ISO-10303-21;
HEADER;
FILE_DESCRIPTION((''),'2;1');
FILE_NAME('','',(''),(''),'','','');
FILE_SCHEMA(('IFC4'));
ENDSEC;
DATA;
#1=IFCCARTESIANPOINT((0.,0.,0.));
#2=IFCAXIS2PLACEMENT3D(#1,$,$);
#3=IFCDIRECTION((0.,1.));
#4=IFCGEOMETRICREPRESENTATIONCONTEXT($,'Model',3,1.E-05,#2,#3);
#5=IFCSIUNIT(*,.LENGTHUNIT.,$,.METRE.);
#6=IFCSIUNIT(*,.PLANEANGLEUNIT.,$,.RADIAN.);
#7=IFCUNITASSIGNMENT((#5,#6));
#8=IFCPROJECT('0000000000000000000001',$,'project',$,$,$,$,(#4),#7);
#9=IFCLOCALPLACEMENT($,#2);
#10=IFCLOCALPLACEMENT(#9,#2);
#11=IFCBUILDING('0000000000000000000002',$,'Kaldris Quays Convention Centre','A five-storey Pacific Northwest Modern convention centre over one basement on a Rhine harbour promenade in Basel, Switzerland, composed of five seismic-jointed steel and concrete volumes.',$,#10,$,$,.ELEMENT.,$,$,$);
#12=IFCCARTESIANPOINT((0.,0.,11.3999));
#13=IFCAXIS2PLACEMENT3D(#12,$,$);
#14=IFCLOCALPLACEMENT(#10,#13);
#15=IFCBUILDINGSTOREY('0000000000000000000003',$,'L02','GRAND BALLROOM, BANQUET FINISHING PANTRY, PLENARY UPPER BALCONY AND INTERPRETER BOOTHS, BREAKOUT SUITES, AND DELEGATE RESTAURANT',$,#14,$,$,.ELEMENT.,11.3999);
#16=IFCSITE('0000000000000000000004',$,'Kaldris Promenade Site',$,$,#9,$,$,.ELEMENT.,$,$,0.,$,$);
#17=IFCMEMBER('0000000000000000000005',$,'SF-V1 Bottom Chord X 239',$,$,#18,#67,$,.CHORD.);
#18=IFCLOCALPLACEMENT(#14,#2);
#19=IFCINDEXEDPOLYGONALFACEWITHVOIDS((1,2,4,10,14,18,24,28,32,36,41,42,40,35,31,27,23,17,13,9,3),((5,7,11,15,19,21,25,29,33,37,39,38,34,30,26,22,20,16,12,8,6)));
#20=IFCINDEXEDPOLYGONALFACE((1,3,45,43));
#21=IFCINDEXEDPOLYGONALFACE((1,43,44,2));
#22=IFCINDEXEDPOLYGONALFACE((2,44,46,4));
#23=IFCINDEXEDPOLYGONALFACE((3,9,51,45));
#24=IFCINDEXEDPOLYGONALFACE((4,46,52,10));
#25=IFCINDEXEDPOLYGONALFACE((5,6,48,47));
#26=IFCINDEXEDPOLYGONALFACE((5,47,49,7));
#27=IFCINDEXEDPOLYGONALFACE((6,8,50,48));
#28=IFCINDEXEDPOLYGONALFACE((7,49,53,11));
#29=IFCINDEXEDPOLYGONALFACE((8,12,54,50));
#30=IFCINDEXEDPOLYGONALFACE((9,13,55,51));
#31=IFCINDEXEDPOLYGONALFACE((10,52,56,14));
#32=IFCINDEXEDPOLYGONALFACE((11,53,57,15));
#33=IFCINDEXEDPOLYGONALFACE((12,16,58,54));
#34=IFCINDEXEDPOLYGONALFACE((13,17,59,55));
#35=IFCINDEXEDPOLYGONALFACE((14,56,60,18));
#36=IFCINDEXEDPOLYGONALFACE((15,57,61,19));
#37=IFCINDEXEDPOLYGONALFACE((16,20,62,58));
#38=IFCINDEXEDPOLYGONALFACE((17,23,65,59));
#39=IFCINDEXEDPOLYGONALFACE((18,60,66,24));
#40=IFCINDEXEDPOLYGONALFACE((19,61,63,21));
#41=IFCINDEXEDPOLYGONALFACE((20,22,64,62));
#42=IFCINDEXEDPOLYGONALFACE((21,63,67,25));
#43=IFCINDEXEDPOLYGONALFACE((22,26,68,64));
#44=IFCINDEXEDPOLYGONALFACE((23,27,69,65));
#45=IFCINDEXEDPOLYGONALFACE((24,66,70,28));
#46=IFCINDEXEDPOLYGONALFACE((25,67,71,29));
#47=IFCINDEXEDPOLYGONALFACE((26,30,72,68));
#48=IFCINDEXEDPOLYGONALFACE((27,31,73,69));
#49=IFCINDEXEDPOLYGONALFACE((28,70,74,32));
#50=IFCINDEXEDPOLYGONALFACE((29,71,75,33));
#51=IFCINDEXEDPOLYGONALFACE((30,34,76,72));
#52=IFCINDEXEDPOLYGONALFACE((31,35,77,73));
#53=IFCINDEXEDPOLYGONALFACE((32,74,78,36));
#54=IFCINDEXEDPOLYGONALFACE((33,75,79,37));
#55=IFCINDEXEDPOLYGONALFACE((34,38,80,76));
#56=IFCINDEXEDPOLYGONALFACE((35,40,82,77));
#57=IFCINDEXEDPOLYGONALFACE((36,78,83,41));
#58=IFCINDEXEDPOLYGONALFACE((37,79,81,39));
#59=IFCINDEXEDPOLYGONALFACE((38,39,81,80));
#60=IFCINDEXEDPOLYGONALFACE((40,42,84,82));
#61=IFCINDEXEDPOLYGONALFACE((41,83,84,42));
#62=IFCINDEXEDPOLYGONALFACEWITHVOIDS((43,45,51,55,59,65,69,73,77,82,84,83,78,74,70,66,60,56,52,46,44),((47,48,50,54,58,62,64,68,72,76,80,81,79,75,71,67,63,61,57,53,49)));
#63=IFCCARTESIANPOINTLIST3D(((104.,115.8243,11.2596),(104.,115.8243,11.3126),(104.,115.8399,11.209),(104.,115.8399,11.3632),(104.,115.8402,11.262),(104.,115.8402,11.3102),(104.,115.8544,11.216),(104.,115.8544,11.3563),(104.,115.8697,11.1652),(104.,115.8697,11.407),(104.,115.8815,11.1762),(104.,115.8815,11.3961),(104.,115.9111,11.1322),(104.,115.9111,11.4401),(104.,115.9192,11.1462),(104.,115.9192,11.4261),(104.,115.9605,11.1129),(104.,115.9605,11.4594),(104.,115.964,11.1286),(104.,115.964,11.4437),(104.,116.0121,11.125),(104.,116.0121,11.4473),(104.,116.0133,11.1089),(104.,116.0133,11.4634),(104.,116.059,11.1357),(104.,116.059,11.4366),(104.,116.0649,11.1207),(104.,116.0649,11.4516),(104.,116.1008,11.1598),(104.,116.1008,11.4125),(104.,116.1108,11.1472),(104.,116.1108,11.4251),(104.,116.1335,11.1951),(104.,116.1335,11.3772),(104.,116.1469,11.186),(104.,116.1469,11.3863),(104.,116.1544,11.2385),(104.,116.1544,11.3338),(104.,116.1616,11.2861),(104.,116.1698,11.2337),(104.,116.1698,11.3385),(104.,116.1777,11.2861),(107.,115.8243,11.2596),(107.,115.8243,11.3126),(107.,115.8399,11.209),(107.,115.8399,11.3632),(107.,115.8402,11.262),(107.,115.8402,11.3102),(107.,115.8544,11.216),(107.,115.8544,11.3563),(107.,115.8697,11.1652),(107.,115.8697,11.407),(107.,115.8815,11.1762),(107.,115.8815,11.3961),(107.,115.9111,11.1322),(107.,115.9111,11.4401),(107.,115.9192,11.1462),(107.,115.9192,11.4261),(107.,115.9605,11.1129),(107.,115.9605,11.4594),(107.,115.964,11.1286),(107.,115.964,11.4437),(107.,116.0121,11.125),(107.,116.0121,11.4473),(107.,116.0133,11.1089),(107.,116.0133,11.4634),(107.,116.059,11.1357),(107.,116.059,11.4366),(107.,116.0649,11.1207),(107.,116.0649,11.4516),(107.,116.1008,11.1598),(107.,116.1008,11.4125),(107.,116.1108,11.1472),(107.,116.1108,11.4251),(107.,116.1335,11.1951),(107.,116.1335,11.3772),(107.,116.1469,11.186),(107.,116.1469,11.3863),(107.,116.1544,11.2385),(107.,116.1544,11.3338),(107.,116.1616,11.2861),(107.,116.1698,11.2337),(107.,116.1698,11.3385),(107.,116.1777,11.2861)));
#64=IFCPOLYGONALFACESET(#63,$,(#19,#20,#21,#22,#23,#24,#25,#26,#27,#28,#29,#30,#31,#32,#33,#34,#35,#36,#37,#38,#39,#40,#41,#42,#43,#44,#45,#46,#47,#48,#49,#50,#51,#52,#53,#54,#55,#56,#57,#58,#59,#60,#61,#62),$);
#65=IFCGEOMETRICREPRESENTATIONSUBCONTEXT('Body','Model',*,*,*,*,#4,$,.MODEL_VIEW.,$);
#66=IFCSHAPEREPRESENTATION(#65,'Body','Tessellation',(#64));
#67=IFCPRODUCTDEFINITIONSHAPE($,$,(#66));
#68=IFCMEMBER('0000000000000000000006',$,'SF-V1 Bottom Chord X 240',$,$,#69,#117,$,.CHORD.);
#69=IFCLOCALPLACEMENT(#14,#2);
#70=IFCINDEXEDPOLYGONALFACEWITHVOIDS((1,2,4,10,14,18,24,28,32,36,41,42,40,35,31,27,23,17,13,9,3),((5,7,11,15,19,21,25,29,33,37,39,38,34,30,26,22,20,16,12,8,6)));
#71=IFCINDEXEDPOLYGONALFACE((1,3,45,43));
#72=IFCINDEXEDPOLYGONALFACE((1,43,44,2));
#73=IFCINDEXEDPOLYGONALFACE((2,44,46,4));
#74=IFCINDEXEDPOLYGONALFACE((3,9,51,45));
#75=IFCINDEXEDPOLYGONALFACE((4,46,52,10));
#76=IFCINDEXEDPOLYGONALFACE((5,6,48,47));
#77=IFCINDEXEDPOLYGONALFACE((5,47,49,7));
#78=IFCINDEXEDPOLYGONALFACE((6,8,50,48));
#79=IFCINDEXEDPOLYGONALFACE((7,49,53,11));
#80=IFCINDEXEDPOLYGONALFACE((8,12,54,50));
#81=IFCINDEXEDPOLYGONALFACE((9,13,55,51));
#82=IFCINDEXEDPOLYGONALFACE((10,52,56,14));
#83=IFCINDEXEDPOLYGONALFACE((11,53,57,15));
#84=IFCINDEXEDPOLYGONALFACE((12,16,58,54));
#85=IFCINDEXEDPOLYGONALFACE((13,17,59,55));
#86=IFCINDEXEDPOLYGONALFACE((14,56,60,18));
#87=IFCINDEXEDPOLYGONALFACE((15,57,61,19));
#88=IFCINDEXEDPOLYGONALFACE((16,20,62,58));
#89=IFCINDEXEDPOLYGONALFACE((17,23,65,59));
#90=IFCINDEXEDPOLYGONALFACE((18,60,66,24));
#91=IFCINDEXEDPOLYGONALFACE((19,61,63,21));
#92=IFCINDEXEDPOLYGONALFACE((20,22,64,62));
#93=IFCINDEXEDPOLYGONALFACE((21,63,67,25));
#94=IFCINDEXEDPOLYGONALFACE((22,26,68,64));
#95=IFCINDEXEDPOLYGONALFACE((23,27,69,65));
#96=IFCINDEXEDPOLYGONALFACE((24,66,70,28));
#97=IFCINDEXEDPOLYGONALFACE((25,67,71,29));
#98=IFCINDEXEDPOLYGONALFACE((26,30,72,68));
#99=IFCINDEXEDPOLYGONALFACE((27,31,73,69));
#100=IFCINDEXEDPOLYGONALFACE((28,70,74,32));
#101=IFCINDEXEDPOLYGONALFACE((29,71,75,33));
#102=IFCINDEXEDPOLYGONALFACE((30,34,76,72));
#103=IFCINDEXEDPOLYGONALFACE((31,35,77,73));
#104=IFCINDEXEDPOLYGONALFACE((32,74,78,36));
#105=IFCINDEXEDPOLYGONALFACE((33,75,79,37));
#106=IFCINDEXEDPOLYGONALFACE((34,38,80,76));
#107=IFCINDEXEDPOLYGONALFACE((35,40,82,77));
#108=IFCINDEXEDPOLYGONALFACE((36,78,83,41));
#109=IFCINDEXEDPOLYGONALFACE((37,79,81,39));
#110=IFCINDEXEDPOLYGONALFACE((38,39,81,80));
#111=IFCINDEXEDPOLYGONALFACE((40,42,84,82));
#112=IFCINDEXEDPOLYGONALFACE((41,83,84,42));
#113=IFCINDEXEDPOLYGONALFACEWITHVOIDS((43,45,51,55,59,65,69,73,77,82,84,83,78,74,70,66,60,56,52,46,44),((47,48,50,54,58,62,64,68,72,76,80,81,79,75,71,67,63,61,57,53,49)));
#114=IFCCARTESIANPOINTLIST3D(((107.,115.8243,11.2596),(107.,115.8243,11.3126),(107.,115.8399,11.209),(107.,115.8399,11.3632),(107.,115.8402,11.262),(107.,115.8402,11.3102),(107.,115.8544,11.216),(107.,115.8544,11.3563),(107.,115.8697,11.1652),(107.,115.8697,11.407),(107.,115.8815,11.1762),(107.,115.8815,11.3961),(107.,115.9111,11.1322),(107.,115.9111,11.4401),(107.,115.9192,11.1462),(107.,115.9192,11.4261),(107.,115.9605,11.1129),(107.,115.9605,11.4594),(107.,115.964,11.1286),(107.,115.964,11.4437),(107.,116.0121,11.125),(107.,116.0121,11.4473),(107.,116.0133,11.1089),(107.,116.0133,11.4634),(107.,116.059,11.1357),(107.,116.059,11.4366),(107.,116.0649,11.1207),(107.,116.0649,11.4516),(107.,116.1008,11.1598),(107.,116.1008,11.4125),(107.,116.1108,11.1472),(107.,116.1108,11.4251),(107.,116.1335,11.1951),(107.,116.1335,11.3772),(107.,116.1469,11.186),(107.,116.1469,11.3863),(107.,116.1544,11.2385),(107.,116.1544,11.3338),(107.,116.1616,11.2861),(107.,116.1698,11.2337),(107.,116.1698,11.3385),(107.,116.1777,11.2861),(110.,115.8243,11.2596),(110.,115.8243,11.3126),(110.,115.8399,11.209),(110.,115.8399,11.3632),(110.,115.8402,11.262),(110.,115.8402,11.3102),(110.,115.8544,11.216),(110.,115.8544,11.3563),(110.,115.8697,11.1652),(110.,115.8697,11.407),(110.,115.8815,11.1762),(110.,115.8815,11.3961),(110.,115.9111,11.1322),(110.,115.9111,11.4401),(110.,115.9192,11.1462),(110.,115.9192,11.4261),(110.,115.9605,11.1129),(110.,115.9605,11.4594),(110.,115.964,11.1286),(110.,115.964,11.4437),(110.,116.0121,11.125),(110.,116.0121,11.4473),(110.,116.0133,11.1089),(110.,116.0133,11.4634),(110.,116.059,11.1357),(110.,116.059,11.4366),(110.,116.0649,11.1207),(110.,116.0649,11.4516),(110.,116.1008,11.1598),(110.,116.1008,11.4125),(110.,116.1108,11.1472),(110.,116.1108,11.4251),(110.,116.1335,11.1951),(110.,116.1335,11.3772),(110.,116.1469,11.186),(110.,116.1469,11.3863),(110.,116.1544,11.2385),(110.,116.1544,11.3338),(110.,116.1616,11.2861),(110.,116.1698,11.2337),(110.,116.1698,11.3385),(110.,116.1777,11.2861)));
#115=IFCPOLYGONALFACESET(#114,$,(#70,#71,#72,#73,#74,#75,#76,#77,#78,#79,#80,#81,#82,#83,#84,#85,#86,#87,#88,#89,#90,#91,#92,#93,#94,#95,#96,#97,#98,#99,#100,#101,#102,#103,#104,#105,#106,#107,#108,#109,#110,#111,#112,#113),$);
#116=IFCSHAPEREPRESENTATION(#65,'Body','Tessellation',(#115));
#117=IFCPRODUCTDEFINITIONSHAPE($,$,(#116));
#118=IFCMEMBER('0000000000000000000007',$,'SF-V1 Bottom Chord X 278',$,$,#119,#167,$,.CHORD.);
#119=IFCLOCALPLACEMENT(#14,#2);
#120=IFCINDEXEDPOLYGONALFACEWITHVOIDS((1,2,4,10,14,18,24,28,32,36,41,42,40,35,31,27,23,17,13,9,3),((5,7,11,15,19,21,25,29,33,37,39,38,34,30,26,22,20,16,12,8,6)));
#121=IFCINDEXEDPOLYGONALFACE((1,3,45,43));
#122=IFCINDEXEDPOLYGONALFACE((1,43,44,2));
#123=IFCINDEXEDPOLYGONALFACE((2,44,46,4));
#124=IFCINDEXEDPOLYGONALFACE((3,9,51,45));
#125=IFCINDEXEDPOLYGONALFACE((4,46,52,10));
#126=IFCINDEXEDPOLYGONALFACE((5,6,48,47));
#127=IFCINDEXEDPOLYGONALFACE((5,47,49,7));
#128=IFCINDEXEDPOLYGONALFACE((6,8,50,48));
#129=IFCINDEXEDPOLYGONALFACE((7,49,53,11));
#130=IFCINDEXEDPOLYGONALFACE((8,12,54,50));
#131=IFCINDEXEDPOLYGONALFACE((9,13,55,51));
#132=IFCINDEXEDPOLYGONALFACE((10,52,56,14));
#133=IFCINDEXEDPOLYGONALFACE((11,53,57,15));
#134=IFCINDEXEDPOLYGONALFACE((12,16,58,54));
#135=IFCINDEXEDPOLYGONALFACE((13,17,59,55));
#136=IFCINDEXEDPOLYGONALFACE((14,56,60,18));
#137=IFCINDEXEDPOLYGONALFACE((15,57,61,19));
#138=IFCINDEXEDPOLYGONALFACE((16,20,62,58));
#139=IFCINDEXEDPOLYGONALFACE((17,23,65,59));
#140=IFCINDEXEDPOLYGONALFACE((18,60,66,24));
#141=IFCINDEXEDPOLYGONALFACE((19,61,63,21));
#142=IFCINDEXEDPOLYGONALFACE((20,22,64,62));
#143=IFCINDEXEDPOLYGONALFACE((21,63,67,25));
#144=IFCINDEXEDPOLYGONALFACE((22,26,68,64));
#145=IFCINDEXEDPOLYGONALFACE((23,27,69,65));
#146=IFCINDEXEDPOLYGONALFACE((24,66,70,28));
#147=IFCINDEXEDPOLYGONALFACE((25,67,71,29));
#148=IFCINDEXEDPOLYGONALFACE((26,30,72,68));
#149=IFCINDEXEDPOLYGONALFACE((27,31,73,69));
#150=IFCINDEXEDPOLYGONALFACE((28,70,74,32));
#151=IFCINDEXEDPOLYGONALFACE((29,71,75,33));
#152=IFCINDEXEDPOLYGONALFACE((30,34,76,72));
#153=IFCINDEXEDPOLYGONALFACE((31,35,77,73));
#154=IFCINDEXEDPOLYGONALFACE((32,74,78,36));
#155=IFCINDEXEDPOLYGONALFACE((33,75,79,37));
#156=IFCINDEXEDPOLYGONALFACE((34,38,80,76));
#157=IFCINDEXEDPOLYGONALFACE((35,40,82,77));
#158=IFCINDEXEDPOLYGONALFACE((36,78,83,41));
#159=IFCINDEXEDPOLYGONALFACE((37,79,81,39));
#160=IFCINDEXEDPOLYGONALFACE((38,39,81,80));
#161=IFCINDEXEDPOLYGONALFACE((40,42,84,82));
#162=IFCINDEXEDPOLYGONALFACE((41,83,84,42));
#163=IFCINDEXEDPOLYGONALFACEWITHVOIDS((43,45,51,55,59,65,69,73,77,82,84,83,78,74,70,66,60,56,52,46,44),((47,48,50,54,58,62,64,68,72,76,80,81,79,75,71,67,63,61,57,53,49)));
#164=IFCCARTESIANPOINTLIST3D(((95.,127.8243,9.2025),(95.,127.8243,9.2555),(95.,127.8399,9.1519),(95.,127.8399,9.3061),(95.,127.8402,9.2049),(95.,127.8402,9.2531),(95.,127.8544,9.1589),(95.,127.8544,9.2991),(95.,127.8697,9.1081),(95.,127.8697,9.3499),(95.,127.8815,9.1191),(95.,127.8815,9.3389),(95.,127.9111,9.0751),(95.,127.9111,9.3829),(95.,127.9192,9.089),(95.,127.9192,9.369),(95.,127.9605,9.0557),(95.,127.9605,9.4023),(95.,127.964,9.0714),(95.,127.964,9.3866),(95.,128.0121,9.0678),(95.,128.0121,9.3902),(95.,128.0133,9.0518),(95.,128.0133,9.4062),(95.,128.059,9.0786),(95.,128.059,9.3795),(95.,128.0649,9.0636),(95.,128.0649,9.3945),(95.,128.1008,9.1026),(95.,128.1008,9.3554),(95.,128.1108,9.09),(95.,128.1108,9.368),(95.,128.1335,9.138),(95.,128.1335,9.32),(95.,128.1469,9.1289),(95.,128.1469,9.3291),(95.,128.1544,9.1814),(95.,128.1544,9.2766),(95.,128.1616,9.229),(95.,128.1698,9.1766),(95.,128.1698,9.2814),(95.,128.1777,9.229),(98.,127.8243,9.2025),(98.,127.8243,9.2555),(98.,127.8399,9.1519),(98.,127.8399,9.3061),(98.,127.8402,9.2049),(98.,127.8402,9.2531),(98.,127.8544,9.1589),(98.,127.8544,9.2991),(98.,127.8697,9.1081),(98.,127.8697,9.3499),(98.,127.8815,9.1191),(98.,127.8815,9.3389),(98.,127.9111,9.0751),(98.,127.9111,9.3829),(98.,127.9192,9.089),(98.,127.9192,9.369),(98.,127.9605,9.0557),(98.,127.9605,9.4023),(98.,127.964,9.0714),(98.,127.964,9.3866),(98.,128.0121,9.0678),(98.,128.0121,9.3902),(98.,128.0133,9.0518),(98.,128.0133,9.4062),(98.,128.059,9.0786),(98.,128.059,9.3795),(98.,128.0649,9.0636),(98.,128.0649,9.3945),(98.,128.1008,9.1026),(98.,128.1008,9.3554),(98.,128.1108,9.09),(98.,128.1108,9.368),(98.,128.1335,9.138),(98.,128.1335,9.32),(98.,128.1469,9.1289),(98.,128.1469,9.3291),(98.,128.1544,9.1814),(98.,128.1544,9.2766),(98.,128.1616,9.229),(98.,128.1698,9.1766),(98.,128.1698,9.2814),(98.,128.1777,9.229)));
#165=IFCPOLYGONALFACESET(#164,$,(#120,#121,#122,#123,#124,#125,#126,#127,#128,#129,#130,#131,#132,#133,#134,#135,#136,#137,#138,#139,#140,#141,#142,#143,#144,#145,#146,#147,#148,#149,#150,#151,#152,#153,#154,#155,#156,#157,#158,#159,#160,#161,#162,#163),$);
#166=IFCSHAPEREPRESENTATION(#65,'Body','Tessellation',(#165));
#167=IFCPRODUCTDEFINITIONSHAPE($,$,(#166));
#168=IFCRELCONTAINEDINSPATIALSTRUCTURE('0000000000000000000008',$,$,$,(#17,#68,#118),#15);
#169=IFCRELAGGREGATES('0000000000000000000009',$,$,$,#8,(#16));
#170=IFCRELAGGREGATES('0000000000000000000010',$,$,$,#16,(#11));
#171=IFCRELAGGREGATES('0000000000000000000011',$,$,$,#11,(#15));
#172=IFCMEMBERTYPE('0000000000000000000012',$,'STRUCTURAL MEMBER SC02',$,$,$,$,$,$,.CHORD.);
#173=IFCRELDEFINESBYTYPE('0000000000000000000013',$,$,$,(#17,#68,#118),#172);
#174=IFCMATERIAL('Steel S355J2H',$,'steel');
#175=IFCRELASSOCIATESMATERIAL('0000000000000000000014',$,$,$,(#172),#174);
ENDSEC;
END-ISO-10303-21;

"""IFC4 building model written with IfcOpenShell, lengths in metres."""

from ifc_helpers import new_model, si_unit, direction, frame, origin, origin_2d, place, context, subcontext, project, spatial, hollow_circle, extrude, material, material_profile, profile_set, type_object, element, save


model = new_model("IFC4")

# Units and contexts
model_context = context("Model", 3, precision=1e-05, world=origin(), true_north=direction((0.0, 1.0)))
body_context = subcontext(model_context, "Body", "Model", "MODEL_VIEW")
ifc_project = project(units=[si_unit("LENGTHUNIT", "METRE"), si_unit("PLANEANGLEUNIT", "RADIAN")], contexts=[model_context])

# Site, building, storey
site_placement = place(None, origin())
site = spatial("IfcSite", under=ifc_project, at=site_placement, Name="Kaldris Promenade Site", CompositionType="ELEMENT", RefElevation=0.0)
building_placement = place(site_placement, origin())
building = spatial("IfcBuilding", under=site, at=building_placement, Name="Kaldris Quays Convention Centre", Description="A five-storey Pacific Northwest Modern convention centre over one basement on a Rhine harbour promenade in Basel, Switzerland, composed of five seismic-jointed steel and concrete volumes.", CompositionType="ELEMENT")
storey_placement = place(building_placement, frame((0.0, 0.0, 11.3999)))
storey = spatial("IfcBuildingStorey", under=building, at=storey_placement, Name="L02", Description="GRAND BALLROOM, BANQUET FINISHING PANTRY, PLENARY UPPER BALCONY AND INTERPRETER BOOTHS, BREAKOUT SUITES, AND DELEGATE RESTAURANT", CompositionType="ELEMENT", Elevation=11.3999)

# Members
ifc_material = material(Name="Steel S355J2H", Category="steel")
ifc_material_profile_1 = material_profile(ifc_material, hollow_circle(Radius=0.1777, WallThickness=0.0161, at=origin_2d()), Name="CHS 355.6x16")
ifc_profile_set_1 = profile_set([ifc_material_profile_1], Name="Steel S355J2H")
member_type_1 = type_object("IfcMemberType", Name="STRUCTURAL MEMBER SC02", PredefinedType="CHORD", material=ifc_profile_set_1)
for number, where, z_axis, x_axis, name in (
    (1, (104.0, 116.0, 11.2861), (1.0, 0.0, 0.0), (0.0, 1.0, 0.0), "SF-V1 Bottom Chord X 239"),
    (2, (107.0, 116.0, 11.2861), (1.0, 0.0, 0.0), (0.0, 1.0, 0.0), "SF-V1 Bottom Chord X 240"),
    (3, (95.0, 128.0, 9.229), (1.0, 0.0, 0.0), (0.0, 1.0, 0.0), "SF-V1 Bottom Chord X 278"),
):
    element("IfcMember", number, at=place(storey_placement, frame(where, z_axis=z_axis, x_axis=x_axis)), inside=storey, type_object=member_type_1, Name=name, PredefinedType="CHORD", context=body_context, shape_type="SweptSolid", body=[
        extrude(hollow_circle(Radius=0.1777, WallThickness=0.0161, at=origin_2d()), origin(), (0.0, 0.0, 1.0), 3.0),
    ])

save(model, "model.ifc")
